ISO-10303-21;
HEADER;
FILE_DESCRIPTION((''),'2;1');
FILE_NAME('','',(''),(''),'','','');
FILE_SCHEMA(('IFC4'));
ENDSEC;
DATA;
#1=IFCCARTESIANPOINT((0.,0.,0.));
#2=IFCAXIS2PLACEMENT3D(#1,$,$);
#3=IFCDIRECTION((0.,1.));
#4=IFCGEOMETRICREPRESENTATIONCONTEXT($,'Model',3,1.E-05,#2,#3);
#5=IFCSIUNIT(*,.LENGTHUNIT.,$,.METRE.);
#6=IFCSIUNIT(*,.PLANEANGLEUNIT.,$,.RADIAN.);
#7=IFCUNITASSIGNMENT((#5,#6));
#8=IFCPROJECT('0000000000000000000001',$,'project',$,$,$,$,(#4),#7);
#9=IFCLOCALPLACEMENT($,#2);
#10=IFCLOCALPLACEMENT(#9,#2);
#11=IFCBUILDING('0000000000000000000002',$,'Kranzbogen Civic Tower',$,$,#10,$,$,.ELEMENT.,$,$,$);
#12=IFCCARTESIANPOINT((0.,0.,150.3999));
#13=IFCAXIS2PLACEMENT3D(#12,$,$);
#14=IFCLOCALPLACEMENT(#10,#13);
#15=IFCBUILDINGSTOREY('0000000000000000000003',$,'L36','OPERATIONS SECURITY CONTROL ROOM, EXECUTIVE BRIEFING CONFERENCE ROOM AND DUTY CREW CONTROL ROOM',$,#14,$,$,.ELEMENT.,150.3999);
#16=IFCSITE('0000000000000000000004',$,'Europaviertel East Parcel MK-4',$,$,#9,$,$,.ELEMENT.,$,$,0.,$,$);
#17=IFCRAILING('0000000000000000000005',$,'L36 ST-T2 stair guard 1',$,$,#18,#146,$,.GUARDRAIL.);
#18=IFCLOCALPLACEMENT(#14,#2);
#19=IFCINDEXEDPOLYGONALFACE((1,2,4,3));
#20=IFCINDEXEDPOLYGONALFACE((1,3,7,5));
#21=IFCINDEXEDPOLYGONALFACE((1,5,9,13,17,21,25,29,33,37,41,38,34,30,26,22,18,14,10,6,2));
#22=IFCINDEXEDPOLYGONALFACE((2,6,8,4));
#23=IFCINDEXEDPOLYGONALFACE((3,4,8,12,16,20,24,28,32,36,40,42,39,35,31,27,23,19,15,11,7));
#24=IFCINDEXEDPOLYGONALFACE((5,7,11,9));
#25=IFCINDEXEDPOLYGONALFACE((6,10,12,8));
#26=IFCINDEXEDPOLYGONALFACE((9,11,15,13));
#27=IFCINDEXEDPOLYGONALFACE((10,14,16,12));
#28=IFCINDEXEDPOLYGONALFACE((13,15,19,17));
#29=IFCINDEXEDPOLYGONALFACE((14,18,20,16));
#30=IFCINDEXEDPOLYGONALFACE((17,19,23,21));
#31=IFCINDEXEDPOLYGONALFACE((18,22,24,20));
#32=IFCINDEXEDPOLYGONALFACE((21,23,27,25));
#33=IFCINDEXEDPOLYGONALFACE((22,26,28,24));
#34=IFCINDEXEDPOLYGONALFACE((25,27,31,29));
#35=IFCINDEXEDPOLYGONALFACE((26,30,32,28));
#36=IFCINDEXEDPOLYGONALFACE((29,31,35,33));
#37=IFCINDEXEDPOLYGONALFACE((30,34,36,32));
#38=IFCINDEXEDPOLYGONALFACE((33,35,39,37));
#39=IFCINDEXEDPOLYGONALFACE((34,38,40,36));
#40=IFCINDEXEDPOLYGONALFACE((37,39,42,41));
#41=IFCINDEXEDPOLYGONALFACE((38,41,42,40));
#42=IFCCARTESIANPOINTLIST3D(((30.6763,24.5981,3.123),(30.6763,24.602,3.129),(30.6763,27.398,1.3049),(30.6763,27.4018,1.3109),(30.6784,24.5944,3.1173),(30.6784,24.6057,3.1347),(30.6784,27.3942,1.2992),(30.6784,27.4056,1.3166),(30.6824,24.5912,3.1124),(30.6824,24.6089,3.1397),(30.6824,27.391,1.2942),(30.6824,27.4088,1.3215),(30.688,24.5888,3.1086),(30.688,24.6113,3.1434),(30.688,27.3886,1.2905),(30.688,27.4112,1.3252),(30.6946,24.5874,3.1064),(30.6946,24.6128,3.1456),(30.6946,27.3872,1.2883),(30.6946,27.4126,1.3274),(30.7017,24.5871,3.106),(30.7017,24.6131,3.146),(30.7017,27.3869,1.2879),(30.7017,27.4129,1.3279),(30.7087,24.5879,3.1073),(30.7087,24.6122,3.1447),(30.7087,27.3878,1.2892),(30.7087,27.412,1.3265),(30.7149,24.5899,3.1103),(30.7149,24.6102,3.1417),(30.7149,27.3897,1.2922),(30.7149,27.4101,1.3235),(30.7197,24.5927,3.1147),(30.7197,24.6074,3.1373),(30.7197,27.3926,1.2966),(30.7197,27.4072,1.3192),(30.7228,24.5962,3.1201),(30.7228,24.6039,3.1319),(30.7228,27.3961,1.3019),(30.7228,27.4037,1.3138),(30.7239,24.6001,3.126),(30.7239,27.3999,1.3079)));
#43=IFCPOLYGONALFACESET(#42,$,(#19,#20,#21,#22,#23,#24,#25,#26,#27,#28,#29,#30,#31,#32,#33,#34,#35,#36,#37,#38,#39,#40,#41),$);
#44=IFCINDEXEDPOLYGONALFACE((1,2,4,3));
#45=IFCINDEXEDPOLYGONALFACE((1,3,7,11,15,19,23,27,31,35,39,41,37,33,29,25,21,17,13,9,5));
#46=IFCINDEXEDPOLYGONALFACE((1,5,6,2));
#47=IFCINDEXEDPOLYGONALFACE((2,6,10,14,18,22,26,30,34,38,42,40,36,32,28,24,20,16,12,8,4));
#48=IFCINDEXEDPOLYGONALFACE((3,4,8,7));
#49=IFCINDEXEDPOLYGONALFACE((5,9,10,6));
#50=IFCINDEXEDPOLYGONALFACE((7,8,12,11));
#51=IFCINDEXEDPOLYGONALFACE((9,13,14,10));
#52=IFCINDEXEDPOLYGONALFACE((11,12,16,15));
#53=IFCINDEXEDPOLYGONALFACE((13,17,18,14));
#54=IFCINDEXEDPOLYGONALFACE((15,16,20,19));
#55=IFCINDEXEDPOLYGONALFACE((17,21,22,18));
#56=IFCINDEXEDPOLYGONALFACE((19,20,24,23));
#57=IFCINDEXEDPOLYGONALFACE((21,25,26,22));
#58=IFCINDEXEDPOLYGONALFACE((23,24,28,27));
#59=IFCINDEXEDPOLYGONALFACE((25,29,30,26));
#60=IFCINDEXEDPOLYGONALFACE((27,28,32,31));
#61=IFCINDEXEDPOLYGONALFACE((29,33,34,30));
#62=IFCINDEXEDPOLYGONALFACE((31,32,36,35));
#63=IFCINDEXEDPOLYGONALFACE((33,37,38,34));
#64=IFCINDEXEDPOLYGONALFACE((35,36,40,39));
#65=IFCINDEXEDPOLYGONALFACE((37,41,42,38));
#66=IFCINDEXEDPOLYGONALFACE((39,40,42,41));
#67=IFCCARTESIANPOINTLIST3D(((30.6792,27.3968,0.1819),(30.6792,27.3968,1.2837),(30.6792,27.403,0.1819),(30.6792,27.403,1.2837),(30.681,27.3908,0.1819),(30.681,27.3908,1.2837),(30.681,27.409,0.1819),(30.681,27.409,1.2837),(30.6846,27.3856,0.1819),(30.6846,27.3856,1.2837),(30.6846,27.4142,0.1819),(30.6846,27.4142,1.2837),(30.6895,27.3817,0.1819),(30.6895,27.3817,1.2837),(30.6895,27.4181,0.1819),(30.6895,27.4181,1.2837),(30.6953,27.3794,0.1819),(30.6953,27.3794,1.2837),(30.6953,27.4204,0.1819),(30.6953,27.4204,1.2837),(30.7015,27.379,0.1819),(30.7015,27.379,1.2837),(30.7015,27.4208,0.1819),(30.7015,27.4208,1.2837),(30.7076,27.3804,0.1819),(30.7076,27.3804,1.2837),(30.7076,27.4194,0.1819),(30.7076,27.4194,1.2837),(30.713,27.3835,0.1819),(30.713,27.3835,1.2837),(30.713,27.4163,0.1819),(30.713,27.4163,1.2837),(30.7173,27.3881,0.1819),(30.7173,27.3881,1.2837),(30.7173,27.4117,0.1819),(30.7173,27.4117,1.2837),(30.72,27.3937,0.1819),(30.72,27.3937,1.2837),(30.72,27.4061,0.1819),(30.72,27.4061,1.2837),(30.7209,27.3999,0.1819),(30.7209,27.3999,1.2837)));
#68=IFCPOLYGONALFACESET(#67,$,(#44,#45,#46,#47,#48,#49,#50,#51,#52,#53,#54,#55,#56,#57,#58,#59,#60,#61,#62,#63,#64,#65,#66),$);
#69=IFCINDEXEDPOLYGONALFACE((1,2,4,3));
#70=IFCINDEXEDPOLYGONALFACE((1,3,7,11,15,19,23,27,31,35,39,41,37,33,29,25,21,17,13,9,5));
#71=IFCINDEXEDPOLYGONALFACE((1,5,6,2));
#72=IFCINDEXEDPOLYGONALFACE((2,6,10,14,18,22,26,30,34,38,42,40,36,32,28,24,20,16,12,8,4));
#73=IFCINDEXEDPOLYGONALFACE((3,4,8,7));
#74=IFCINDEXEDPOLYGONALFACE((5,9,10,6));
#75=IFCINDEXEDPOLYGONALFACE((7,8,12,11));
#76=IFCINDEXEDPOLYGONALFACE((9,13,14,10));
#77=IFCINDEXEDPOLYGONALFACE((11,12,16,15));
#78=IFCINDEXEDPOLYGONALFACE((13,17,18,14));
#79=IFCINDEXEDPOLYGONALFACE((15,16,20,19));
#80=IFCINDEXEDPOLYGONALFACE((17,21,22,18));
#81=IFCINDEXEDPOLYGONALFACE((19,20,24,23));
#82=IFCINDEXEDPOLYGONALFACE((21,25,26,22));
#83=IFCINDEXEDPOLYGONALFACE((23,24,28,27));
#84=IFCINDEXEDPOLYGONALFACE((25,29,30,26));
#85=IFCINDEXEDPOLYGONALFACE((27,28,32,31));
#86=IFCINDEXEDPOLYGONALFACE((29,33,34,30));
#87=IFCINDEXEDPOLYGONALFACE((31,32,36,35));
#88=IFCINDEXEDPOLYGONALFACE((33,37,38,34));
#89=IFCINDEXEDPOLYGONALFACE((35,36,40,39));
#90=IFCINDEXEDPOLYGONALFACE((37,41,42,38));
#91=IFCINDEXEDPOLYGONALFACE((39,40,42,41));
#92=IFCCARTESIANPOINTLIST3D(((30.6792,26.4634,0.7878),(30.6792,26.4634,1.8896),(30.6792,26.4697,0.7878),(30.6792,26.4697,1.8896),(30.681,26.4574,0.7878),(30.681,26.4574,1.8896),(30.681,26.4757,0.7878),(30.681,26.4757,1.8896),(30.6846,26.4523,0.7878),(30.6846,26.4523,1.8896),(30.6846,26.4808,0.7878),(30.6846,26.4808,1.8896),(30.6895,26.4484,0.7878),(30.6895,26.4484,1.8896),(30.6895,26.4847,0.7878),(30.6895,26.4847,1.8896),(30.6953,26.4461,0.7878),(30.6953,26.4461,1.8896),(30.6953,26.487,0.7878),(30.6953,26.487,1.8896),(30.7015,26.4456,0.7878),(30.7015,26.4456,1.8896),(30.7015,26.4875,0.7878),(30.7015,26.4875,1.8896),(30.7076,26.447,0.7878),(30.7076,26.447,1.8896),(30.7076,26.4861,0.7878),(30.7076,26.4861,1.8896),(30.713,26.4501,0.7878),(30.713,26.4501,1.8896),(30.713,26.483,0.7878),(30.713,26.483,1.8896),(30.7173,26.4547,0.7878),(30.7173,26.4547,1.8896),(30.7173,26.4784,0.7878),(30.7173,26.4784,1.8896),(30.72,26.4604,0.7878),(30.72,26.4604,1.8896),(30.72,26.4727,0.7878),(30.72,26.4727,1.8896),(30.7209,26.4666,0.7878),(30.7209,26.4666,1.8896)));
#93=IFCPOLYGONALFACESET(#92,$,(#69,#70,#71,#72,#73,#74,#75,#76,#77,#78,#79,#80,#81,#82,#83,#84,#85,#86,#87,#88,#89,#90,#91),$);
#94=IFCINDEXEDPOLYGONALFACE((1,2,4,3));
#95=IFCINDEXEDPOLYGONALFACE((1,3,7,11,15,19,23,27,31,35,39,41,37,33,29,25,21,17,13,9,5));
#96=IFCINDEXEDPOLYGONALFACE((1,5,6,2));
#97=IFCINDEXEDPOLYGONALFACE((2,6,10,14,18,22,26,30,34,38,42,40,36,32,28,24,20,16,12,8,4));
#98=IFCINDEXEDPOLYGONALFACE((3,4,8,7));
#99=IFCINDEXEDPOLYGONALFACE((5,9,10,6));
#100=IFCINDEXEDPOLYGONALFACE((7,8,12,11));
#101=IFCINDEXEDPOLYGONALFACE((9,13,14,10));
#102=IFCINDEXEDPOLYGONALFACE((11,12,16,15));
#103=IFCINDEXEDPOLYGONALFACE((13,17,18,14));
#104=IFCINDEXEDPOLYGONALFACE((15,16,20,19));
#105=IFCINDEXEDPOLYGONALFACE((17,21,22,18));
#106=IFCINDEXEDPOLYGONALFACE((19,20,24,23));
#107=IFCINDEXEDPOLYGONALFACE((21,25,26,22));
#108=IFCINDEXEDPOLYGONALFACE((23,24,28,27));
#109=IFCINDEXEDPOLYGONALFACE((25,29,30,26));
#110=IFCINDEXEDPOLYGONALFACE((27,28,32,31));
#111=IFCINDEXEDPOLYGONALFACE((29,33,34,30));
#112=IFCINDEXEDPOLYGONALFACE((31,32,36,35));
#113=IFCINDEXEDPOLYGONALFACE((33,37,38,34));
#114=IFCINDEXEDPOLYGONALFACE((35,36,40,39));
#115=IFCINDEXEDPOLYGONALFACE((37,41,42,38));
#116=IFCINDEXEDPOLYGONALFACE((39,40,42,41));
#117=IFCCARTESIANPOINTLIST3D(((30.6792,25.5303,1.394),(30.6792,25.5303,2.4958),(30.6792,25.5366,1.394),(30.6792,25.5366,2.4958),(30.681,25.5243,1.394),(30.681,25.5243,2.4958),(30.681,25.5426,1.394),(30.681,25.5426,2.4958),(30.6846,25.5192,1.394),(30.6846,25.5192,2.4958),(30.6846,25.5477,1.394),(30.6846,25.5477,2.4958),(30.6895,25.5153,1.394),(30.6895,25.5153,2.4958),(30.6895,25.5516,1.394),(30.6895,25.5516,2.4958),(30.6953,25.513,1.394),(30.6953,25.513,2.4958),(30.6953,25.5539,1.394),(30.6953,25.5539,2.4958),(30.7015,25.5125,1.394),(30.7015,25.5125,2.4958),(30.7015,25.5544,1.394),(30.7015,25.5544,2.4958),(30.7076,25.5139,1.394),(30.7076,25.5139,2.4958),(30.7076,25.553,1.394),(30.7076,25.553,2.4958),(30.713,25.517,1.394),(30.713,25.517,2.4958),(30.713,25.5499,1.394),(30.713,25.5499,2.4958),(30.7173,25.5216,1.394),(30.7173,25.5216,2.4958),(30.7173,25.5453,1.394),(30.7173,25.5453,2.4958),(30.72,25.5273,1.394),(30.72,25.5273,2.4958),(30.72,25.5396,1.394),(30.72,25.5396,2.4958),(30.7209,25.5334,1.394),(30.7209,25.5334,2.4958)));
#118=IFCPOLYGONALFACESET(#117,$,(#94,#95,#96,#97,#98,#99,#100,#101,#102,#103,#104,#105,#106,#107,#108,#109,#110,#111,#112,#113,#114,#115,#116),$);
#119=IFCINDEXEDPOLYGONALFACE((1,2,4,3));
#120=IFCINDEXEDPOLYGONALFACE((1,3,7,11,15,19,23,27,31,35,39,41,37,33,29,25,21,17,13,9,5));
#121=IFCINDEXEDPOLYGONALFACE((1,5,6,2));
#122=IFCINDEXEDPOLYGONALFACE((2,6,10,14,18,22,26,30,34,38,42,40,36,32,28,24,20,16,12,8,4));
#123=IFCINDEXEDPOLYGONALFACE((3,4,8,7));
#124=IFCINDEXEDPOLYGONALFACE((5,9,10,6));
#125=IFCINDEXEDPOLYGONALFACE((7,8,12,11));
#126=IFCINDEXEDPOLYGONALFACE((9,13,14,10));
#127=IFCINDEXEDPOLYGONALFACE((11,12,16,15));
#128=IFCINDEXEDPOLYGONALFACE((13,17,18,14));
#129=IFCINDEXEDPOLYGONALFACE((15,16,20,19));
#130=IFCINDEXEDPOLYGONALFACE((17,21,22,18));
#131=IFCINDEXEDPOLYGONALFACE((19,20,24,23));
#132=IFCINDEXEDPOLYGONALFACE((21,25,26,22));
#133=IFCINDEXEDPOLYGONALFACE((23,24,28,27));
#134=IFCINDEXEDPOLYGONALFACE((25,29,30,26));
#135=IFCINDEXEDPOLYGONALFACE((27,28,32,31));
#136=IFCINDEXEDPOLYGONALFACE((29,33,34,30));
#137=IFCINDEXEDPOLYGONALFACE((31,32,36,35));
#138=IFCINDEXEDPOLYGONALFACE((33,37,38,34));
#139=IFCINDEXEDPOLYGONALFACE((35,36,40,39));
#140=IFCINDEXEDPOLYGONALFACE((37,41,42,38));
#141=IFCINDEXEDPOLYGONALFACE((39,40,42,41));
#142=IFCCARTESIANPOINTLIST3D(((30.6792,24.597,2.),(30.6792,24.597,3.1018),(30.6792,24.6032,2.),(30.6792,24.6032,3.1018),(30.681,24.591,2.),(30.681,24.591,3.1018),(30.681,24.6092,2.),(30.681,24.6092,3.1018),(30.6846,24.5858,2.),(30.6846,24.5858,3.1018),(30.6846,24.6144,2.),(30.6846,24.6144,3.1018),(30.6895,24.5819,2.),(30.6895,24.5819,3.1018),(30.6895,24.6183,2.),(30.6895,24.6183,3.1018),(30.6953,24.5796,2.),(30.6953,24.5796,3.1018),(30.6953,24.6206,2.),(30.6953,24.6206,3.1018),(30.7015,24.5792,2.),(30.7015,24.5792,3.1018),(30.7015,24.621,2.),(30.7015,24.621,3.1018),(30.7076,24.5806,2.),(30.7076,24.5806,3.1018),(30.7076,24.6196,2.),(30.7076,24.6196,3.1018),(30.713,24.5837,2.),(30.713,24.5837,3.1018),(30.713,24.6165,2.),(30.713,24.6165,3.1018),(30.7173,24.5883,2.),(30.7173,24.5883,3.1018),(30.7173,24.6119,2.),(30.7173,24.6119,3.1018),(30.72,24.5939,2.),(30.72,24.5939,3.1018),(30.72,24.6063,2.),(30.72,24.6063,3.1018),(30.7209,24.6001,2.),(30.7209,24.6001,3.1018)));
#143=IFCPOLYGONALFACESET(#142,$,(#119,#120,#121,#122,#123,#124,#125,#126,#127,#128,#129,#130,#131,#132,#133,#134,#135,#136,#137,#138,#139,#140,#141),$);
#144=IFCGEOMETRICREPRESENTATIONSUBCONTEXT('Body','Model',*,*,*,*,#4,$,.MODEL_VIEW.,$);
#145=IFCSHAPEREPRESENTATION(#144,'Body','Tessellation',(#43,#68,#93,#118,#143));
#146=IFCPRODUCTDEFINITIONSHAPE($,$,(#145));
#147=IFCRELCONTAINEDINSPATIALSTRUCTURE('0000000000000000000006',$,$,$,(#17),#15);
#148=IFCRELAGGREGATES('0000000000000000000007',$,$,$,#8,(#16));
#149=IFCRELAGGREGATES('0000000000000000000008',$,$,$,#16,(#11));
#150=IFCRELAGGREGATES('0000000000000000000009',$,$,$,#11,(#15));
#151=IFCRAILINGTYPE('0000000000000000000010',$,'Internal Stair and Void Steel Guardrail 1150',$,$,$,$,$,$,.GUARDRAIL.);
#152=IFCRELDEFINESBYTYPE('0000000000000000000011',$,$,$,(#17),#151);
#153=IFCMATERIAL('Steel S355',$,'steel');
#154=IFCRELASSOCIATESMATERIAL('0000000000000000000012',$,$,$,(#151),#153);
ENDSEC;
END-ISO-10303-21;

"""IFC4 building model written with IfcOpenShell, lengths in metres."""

from ifc_helpers import new_model, si_unit, direction, frame, origin, origin_2d, place, context, subcontext, project, spatial, circle, extrude, material, type_object, element, save


model = new_model("IFC4")

# Units and contexts
model_context = context("Model", 3, precision=1e-05, world=origin(), true_north=direction((0.0, 1.0)))
body_context = subcontext(model_context, "Body", "Model", "MODEL_VIEW")
ifc_project = project(units=[si_unit("LENGTHUNIT", "METRE"), si_unit("PLANEANGLEUNIT", "RADIAN")], contexts=[model_context])

# Site, building, storey
site_placement = place(None, origin())
site = spatial("IfcSite", under=ifc_project, at=site_placement, Name="Europaviertel East Parcel MK-4", CompositionType="ELEMENT", RefElevation=0.0)
building_placement = place(site_placement, origin())
building = spatial("IfcBuilding", under=site, at=building_placement, Name="Kranzbogen Civic Tower", CompositionType="ELEMENT")
storey_placement = place(building_placement, frame((0.0, 0.0, 150.3999)))
storey = spatial("IfcBuildingStorey", under=building, at=storey_placement, Name="L36", Description="OPERATIONS SECURITY CONTROL ROOM, EXECUTIVE BRIEFING CONFERENCE ROOM AND DUTY CREW CONTROL ROOM", CompositionType="ELEMENT", Elevation=150.3999)

# Shared definitions
ifc_material_1 = material(Name="Steel S355", Category="steel")

# Railing
railing_type_1 = type_object("IfcRailingType", Name="Internal Stair and Void Steel Guardrail 1150", PredefinedType="GUARDRAIL", material=ifc_material_1)
railing_1_placement = place(storey_placement, frame((30.7, 27.3999, 0.1819)))
element("IfcRailing", 1, at=railing_1_placement, inside=storey, type_object=railing_type_1, Name="L36 ST-T2 stair guard 1", PredefinedType="GUARDRAIL", context=body_context, shape_type="SweptSolid", body=[
    extrude(circle(Radius=0.0239, at=origin_2d()), frame((0.0, 0.0, 1.126), z_axis=(0.0, -0.838684, 0.544618), x_axis=(1.0, 0.0, 0.0)), (0.0, 0.0, 1.0), 3.3384),
    extrude(circle(Radius=0.021, at=origin_2d()), origin(), (0.0, 0.0, 1.0), 1.1018),
    extrude(circle(Radius=0.021, at=origin_2d()), frame((0.0, -0.9333, 0.606)), (0.0, 0.0, 1.0), 1.1018),
    extrude(circle(Radius=0.021, at=origin_2d()), frame((0.0, -1.8665, 1.2122)), (0.0, 0.0, 1.0), 1.1018),
    extrude(circle(Radius=0.021, at=origin_2d()), frame((0.0, -2.7998, 1.8181)), (0.0, 0.0, 1.0), 1.1018),
])

save(model, "model.ifc")
